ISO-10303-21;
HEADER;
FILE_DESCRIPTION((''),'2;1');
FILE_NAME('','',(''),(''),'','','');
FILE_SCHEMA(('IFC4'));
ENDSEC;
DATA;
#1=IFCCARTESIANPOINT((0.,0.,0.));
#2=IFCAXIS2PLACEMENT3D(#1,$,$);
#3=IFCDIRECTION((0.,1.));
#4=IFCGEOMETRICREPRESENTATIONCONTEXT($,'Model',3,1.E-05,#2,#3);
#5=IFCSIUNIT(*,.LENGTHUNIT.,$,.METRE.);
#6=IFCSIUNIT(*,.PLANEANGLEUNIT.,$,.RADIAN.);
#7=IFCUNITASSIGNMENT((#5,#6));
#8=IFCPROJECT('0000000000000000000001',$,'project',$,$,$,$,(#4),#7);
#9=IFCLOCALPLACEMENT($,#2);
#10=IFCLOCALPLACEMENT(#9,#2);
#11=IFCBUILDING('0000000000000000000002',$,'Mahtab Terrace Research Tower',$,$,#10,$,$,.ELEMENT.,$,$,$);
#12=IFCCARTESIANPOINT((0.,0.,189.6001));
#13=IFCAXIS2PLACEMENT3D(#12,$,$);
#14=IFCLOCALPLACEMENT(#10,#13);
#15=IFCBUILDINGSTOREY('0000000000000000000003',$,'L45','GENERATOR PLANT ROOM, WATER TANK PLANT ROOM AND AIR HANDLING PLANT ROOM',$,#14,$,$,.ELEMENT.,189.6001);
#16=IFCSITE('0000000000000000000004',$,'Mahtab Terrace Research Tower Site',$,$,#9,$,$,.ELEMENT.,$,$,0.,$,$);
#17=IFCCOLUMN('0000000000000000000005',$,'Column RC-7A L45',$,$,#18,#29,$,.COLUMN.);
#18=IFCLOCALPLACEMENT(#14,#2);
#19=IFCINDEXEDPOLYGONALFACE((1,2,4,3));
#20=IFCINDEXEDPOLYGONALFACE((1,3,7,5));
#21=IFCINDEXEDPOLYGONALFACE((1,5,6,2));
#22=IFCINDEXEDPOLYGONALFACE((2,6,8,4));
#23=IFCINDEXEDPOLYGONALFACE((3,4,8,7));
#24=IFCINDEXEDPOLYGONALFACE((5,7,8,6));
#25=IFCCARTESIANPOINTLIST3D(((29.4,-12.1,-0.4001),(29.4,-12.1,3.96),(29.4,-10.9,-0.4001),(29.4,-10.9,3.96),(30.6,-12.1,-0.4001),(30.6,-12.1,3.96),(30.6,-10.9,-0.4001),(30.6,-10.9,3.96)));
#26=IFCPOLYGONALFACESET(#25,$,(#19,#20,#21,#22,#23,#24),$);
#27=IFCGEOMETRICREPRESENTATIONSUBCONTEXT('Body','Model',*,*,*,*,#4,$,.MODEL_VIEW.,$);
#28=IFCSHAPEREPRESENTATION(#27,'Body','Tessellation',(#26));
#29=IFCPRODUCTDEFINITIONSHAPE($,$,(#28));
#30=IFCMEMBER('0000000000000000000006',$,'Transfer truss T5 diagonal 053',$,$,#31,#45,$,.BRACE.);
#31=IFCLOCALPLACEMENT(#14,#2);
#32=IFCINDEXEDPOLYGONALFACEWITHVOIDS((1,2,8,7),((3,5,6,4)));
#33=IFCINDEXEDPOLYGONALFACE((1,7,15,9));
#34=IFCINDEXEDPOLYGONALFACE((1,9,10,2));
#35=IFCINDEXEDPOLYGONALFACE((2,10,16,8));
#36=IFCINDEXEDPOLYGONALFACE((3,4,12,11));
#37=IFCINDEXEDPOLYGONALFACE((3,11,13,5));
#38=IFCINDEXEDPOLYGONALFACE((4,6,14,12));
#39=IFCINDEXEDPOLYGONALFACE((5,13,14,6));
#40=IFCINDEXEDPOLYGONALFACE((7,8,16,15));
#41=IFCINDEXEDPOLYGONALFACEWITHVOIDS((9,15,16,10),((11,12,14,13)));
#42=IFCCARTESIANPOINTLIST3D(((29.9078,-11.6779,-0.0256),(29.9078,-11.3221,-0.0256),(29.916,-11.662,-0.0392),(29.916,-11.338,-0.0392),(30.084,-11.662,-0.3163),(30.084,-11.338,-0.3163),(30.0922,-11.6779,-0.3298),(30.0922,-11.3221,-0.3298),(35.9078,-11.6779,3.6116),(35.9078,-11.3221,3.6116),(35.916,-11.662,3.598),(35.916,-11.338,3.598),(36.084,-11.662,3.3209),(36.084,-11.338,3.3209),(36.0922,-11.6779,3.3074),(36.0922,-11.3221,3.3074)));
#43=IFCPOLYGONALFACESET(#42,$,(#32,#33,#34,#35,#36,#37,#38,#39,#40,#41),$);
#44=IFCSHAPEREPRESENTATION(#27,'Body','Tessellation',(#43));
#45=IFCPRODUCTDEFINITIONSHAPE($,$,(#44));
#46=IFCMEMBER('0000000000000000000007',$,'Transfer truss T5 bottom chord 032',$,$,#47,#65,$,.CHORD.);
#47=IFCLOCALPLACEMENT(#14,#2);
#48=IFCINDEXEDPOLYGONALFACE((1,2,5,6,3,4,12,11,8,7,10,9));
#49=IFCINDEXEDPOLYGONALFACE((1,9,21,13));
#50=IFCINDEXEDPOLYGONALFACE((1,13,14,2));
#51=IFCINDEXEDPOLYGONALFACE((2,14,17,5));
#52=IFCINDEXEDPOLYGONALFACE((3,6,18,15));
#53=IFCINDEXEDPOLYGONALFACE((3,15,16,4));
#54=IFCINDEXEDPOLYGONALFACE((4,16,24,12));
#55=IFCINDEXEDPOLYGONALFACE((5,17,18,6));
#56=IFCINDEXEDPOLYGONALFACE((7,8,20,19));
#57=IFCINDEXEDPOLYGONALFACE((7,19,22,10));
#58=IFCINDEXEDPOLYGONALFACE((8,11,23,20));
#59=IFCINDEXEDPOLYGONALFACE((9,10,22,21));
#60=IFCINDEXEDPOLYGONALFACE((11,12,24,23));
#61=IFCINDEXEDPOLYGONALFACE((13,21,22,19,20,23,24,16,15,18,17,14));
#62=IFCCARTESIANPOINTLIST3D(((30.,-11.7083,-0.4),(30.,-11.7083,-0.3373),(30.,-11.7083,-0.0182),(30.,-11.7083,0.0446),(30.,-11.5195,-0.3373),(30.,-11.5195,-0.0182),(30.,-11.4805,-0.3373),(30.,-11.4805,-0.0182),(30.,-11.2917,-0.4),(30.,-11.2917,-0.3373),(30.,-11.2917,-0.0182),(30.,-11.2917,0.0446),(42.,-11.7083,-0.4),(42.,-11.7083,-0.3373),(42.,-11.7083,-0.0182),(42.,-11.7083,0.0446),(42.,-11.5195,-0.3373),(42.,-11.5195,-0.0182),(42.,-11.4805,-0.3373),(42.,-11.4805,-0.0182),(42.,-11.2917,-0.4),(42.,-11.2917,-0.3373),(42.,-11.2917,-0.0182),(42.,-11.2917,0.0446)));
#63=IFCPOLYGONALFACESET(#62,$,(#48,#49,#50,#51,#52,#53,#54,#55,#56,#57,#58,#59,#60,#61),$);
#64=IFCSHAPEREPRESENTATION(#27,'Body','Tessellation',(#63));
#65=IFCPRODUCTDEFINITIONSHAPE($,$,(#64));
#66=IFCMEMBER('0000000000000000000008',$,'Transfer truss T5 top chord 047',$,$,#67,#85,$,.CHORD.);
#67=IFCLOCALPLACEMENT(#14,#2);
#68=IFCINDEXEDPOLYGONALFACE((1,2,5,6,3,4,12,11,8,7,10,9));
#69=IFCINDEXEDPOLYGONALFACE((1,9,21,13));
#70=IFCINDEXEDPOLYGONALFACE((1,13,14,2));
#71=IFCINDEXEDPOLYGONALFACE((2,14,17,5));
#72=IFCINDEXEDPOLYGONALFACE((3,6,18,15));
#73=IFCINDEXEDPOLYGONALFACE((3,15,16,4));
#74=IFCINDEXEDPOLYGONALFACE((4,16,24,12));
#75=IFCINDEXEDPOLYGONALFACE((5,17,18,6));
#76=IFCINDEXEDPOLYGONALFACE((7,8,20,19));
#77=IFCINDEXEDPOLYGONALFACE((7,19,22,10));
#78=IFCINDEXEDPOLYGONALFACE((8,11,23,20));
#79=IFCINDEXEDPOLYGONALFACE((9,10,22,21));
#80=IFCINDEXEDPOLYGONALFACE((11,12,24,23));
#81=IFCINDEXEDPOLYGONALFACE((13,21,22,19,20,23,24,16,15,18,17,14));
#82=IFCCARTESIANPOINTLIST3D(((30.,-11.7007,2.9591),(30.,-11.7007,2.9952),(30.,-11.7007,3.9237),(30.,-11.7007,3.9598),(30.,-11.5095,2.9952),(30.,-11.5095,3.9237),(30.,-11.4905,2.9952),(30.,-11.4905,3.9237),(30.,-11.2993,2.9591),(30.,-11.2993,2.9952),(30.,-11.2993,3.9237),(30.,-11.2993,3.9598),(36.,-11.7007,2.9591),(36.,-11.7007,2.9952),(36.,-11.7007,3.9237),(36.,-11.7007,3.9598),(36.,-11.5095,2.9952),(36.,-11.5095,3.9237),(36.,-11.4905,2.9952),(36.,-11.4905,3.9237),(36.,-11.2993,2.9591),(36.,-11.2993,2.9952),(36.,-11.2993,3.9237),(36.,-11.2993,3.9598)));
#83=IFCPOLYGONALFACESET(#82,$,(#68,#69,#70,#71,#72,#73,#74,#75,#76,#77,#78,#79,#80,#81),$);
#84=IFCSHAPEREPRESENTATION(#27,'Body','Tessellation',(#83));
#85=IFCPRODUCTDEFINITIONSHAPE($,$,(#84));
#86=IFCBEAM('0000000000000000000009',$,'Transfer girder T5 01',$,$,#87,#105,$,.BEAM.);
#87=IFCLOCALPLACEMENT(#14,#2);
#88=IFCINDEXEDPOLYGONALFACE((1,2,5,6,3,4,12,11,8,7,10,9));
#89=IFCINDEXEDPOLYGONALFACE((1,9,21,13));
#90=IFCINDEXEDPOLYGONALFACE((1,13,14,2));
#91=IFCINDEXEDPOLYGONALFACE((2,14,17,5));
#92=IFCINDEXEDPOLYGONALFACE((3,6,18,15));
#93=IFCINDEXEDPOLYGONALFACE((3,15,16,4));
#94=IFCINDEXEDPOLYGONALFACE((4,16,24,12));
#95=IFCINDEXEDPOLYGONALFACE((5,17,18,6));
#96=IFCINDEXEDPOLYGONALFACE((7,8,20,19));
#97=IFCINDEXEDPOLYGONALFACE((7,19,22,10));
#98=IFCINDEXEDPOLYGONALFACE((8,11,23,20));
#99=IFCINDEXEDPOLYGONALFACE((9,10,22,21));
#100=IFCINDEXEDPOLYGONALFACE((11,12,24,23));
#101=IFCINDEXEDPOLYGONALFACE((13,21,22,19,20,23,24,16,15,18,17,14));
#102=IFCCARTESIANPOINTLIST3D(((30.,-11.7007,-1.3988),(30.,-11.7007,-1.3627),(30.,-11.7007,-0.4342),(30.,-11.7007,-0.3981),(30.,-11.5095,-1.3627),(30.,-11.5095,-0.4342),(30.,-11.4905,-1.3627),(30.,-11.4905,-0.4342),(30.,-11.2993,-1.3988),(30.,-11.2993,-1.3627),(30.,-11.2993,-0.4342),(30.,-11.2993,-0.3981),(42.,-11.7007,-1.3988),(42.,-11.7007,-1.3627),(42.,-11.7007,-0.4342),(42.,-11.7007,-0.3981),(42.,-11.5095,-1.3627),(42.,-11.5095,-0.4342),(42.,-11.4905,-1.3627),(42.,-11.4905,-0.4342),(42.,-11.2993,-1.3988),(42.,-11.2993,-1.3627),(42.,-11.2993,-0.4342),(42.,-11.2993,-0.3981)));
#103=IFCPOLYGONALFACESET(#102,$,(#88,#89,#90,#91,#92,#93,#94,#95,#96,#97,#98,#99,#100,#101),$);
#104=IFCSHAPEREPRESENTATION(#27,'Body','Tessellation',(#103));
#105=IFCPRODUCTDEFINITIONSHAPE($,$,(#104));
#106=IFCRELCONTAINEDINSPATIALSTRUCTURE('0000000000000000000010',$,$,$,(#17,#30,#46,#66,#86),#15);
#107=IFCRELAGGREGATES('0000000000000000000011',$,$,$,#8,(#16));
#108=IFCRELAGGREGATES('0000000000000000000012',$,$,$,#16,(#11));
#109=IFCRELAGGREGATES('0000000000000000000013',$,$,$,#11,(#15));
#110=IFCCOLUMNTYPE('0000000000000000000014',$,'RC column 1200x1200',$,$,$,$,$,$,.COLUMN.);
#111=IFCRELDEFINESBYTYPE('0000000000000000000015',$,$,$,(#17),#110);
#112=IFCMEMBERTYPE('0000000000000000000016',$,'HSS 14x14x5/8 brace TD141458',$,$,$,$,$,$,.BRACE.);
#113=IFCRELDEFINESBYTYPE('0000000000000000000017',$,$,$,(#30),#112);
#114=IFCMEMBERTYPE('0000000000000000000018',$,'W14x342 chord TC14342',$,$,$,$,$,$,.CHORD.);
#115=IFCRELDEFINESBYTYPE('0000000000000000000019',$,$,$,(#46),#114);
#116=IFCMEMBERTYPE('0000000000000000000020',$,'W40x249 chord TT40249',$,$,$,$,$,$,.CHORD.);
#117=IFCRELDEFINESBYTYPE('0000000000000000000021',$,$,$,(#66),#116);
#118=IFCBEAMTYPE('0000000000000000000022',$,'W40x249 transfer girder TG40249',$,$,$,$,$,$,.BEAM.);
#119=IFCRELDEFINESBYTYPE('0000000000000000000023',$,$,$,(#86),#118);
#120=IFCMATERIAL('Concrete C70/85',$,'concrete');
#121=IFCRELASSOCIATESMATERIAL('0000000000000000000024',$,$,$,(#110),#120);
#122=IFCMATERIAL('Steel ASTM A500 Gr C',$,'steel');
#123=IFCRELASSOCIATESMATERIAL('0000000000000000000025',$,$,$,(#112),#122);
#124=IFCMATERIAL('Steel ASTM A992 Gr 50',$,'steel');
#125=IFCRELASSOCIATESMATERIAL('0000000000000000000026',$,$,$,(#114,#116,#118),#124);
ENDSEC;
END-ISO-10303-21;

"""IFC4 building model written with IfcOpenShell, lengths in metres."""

from ifc_helpers import new_model, si_unit, direction, frame, origin, origin_2d, place, context, subcontext, project, spatial, rectangle, hollow_rectangle, i_section, extrude, material, material_profile, profile_set, type_object, element, save


model = new_model("IFC4")

# Units and contexts
model_context = context("Model", 3, precision=1e-05, world=origin(), true_north=direction((0.0, 1.0)))
body_context = subcontext(model_context, "Body", "Model", "MODEL_VIEW")
ifc_project = project(units=[si_unit("LENGTHUNIT", "METRE"), si_unit("PLANEANGLEUNIT", "RADIAN")], contexts=[model_context])

# Site, building, storey
site_placement = place(None, origin())
site = spatial("IfcSite", under=ifc_project, at=site_placement, Name="Mahtab Terrace Research Tower Site", CompositionType="ELEMENT", RefElevation=0.0)
building_placement = place(site_placement, origin())
building = spatial("IfcBuilding", under=site, at=building_placement, Name="Mahtab Terrace Research Tower", CompositionType="ELEMENT")
storey_placement = place(building_placement, frame((0.0, 0.0, 189.6001)))
storey = spatial("IfcBuildingStorey", under=building, at=storey_placement, Name="L45", Description="GENERATOR PLANT ROOM, WATER TANK PLANT ROOM AND AIR HANDLING PLANT ROOM", CompositionType="ELEMENT", Elevation=189.6001)

# Column
ifc_material_1 = material(Name="Concrete C70/85", Category="concrete")
ifc_material_profile_1 = material_profile(ifc_material_1, rectangle(XDim=1.2, YDim=1.2, at=origin_2d()), Name="RC column 1200x1200")
ifc_profile_set_1 = profile_set([ifc_material_profile_1], Name="Concrete C70/85")
column_type = type_object("IfcColumnType", Name="RC column 1200x1200", PredefinedType="COLUMN", material=ifc_profile_set_1)
column_placement = place(storey_placement, frame((30.0, -11.5, -0.4001), z_axis=(0.0, 0.0, 1.0), x_axis=(1.0, 0.0, 0.0)))
element("IfcColumn", 1, at=column_placement, inside=storey, type_object=column_type, Name="Column RC-7A L45", PredefinedType="COLUMN", context=body_context, shape_type="SweptSolid", body=[
    extrude(rectangle(XDim=1.2, YDim=1.2, at=origin_2d()), origin(), (0.0, 0.0, 1.0), 4.3601),
])

# Members
ifc_material_2 = material(Name="Steel ASTM A500 Gr C", Category="steel")
ifc_material_profile_2 = material_profile(ifc_material_2, hollow_rectangle(XDim=0.3557, YDim=0.3557, WallThickness=0.0159, at=origin_2d()), Name="HSS14X14X5/8")
ifc_profile_set_2 = profile_set([ifc_material_profile_2], Name="Steel ASTM A500 Gr C")
member_type_1 = type_object("IfcMemberType", Name="HSS 14x14x5/8 brace TD141458", PredefinedType="BRACE", material=ifc_profile_set_2)
member_1_placement = place(storey_placement, frame((30.0, -11.5, -0.1777), z_axis=(0.855145, 0.0, 0.51839), x_axis=(0.0, 1.0, 0.0)))
element("IfcMember", 2, at=member_1_placement, inside=storey, type_object=member_type_1, Name="Transfer truss T5 diagonal 053", PredefinedType="BRACE", context=body_context, shape_type="SweptSolid", body=[
    extrude(hollow_rectangle(XDim=0.3557, YDim=0.3557, WallThickness=0.0159, at=origin_2d()), origin(), (0.0, 0.0, 1.0), 7.0164),
])
ifc_material_3 = material(Name="Steel ASTM A992 Gr 50", Category="steel")
ifc_material_profile_3 = material_profile(ifc_material_3, i_section(OverallWidth=0.4165, OverallDepth=0.4446, WebThickness=0.0391, FlangeThickness=0.0627, at=origin_2d()), Name="W14X342")
ifc_profile_set_3 = profile_set([ifc_material_profile_3], Name="Steel ASTM A992 Gr 50")
member_type_2 = type_object("IfcMemberType", Name="W14x342 chord TC14342", PredefinedType="CHORD", material=ifc_profile_set_3)
member_2_placement = place(storey_placement, frame((30.0, -11.5, -0.1777), z_axis=(1.0, 0.0, 0.0), x_axis=(0.0, 1.0, 0.0)))
element("IfcMember", 3, at=member_2_placement, inside=storey, type_object=member_type_2, Name="Transfer truss T5 bottom chord 032", PredefinedType="CHORD", context=body_context, shape_type="SweptSolid", body=[
    extrude(i_section(OverallWidth=0.4165, OverallDepth=0.4446, WebThickness=0.0391, FlangeThickness=0.0627, at=origin_2d()), origin(), (0.0, 0.0, 1.0), 12.0),
])
ifc_material_profile_4 = material_profile(ifc_material_3, i_section(OverallWidth=0.4014, OverallDepth=1.0007, WebThickness=0.019, FlangeThickness=0.0361, at=origin_2d()), Name="W40X249")
ifc_profile_set_4 = profile_set([ifc_material_profile_4], Name="Steel ASTM A992 Gr 50")
member_type_3 = type_object("IfcMemberType", Name="W40x249 chord TT40249", PredefinedType="CHORD", material=ifc_profile_set_4)
member_3_placement = place(storey_placement, frame((30.0, -11.5, 3.4595), z_axis=(1.0, 0.0, 0.0), x_axis=(0.0, 1.0, 0.0)))
element("IfcMember", 4, at=member_3_placement, inside=storey, type_object=member_type_3, Name="Transfer truss T5 top chord 047", PredefinedType="CHORD", context=body_context, shape_type="SweptSolid", body=[
    extrude(i_section(OverallWidth=0.4014, OverallDepth=1.0007, WebThickness=0.019, FlangeThickness=0.0361, at=origin_2d()), origin(), (0.0, 0.0, 1.0), 6.0),
])

# Beam
ifc_material_profile_5 = material_profile(ifc_material_3, i_section(OverallWidth=0.4014, OverallDepth=1.0007, WebThickness=0.019, FlangeThickness=0.0361, at=origin_2d()), Name="W40X249")
ifc_profile_set_5 = profile_set([ifc_material_profile_5], Name="Steel ASTM A992 Gr 50")
beam_type = type_object("IfcBeamType", Name="W40x249 transfer girder TG40249", PredefinedType="BEAM", material=ifc_profile_set_5)
beam_placement = place(storey_placement, frame((30.0, -11.5, -0.8984), z_axis=(1.0, 0.0, 0.0), x_axis=(0.0, 1.0, 0.0)))
element("IfcBeam", 5, at=beam_placement, inside=storey, type_object=beam_type, Name="Transfer girder T5 01", PredefinedType="BEAM", context=body_context, shape_type="SweptSolid", body=[
    extrude(i_section(OverallWidth=0.4014, OverallDepth=1.0007, WebThickness=0.019, FlangeThickness=0.0361, at=origin_2d()), origin(), (0.0, 0.0, 1.0), 12.0),
])

save(model, "model.ifc")
